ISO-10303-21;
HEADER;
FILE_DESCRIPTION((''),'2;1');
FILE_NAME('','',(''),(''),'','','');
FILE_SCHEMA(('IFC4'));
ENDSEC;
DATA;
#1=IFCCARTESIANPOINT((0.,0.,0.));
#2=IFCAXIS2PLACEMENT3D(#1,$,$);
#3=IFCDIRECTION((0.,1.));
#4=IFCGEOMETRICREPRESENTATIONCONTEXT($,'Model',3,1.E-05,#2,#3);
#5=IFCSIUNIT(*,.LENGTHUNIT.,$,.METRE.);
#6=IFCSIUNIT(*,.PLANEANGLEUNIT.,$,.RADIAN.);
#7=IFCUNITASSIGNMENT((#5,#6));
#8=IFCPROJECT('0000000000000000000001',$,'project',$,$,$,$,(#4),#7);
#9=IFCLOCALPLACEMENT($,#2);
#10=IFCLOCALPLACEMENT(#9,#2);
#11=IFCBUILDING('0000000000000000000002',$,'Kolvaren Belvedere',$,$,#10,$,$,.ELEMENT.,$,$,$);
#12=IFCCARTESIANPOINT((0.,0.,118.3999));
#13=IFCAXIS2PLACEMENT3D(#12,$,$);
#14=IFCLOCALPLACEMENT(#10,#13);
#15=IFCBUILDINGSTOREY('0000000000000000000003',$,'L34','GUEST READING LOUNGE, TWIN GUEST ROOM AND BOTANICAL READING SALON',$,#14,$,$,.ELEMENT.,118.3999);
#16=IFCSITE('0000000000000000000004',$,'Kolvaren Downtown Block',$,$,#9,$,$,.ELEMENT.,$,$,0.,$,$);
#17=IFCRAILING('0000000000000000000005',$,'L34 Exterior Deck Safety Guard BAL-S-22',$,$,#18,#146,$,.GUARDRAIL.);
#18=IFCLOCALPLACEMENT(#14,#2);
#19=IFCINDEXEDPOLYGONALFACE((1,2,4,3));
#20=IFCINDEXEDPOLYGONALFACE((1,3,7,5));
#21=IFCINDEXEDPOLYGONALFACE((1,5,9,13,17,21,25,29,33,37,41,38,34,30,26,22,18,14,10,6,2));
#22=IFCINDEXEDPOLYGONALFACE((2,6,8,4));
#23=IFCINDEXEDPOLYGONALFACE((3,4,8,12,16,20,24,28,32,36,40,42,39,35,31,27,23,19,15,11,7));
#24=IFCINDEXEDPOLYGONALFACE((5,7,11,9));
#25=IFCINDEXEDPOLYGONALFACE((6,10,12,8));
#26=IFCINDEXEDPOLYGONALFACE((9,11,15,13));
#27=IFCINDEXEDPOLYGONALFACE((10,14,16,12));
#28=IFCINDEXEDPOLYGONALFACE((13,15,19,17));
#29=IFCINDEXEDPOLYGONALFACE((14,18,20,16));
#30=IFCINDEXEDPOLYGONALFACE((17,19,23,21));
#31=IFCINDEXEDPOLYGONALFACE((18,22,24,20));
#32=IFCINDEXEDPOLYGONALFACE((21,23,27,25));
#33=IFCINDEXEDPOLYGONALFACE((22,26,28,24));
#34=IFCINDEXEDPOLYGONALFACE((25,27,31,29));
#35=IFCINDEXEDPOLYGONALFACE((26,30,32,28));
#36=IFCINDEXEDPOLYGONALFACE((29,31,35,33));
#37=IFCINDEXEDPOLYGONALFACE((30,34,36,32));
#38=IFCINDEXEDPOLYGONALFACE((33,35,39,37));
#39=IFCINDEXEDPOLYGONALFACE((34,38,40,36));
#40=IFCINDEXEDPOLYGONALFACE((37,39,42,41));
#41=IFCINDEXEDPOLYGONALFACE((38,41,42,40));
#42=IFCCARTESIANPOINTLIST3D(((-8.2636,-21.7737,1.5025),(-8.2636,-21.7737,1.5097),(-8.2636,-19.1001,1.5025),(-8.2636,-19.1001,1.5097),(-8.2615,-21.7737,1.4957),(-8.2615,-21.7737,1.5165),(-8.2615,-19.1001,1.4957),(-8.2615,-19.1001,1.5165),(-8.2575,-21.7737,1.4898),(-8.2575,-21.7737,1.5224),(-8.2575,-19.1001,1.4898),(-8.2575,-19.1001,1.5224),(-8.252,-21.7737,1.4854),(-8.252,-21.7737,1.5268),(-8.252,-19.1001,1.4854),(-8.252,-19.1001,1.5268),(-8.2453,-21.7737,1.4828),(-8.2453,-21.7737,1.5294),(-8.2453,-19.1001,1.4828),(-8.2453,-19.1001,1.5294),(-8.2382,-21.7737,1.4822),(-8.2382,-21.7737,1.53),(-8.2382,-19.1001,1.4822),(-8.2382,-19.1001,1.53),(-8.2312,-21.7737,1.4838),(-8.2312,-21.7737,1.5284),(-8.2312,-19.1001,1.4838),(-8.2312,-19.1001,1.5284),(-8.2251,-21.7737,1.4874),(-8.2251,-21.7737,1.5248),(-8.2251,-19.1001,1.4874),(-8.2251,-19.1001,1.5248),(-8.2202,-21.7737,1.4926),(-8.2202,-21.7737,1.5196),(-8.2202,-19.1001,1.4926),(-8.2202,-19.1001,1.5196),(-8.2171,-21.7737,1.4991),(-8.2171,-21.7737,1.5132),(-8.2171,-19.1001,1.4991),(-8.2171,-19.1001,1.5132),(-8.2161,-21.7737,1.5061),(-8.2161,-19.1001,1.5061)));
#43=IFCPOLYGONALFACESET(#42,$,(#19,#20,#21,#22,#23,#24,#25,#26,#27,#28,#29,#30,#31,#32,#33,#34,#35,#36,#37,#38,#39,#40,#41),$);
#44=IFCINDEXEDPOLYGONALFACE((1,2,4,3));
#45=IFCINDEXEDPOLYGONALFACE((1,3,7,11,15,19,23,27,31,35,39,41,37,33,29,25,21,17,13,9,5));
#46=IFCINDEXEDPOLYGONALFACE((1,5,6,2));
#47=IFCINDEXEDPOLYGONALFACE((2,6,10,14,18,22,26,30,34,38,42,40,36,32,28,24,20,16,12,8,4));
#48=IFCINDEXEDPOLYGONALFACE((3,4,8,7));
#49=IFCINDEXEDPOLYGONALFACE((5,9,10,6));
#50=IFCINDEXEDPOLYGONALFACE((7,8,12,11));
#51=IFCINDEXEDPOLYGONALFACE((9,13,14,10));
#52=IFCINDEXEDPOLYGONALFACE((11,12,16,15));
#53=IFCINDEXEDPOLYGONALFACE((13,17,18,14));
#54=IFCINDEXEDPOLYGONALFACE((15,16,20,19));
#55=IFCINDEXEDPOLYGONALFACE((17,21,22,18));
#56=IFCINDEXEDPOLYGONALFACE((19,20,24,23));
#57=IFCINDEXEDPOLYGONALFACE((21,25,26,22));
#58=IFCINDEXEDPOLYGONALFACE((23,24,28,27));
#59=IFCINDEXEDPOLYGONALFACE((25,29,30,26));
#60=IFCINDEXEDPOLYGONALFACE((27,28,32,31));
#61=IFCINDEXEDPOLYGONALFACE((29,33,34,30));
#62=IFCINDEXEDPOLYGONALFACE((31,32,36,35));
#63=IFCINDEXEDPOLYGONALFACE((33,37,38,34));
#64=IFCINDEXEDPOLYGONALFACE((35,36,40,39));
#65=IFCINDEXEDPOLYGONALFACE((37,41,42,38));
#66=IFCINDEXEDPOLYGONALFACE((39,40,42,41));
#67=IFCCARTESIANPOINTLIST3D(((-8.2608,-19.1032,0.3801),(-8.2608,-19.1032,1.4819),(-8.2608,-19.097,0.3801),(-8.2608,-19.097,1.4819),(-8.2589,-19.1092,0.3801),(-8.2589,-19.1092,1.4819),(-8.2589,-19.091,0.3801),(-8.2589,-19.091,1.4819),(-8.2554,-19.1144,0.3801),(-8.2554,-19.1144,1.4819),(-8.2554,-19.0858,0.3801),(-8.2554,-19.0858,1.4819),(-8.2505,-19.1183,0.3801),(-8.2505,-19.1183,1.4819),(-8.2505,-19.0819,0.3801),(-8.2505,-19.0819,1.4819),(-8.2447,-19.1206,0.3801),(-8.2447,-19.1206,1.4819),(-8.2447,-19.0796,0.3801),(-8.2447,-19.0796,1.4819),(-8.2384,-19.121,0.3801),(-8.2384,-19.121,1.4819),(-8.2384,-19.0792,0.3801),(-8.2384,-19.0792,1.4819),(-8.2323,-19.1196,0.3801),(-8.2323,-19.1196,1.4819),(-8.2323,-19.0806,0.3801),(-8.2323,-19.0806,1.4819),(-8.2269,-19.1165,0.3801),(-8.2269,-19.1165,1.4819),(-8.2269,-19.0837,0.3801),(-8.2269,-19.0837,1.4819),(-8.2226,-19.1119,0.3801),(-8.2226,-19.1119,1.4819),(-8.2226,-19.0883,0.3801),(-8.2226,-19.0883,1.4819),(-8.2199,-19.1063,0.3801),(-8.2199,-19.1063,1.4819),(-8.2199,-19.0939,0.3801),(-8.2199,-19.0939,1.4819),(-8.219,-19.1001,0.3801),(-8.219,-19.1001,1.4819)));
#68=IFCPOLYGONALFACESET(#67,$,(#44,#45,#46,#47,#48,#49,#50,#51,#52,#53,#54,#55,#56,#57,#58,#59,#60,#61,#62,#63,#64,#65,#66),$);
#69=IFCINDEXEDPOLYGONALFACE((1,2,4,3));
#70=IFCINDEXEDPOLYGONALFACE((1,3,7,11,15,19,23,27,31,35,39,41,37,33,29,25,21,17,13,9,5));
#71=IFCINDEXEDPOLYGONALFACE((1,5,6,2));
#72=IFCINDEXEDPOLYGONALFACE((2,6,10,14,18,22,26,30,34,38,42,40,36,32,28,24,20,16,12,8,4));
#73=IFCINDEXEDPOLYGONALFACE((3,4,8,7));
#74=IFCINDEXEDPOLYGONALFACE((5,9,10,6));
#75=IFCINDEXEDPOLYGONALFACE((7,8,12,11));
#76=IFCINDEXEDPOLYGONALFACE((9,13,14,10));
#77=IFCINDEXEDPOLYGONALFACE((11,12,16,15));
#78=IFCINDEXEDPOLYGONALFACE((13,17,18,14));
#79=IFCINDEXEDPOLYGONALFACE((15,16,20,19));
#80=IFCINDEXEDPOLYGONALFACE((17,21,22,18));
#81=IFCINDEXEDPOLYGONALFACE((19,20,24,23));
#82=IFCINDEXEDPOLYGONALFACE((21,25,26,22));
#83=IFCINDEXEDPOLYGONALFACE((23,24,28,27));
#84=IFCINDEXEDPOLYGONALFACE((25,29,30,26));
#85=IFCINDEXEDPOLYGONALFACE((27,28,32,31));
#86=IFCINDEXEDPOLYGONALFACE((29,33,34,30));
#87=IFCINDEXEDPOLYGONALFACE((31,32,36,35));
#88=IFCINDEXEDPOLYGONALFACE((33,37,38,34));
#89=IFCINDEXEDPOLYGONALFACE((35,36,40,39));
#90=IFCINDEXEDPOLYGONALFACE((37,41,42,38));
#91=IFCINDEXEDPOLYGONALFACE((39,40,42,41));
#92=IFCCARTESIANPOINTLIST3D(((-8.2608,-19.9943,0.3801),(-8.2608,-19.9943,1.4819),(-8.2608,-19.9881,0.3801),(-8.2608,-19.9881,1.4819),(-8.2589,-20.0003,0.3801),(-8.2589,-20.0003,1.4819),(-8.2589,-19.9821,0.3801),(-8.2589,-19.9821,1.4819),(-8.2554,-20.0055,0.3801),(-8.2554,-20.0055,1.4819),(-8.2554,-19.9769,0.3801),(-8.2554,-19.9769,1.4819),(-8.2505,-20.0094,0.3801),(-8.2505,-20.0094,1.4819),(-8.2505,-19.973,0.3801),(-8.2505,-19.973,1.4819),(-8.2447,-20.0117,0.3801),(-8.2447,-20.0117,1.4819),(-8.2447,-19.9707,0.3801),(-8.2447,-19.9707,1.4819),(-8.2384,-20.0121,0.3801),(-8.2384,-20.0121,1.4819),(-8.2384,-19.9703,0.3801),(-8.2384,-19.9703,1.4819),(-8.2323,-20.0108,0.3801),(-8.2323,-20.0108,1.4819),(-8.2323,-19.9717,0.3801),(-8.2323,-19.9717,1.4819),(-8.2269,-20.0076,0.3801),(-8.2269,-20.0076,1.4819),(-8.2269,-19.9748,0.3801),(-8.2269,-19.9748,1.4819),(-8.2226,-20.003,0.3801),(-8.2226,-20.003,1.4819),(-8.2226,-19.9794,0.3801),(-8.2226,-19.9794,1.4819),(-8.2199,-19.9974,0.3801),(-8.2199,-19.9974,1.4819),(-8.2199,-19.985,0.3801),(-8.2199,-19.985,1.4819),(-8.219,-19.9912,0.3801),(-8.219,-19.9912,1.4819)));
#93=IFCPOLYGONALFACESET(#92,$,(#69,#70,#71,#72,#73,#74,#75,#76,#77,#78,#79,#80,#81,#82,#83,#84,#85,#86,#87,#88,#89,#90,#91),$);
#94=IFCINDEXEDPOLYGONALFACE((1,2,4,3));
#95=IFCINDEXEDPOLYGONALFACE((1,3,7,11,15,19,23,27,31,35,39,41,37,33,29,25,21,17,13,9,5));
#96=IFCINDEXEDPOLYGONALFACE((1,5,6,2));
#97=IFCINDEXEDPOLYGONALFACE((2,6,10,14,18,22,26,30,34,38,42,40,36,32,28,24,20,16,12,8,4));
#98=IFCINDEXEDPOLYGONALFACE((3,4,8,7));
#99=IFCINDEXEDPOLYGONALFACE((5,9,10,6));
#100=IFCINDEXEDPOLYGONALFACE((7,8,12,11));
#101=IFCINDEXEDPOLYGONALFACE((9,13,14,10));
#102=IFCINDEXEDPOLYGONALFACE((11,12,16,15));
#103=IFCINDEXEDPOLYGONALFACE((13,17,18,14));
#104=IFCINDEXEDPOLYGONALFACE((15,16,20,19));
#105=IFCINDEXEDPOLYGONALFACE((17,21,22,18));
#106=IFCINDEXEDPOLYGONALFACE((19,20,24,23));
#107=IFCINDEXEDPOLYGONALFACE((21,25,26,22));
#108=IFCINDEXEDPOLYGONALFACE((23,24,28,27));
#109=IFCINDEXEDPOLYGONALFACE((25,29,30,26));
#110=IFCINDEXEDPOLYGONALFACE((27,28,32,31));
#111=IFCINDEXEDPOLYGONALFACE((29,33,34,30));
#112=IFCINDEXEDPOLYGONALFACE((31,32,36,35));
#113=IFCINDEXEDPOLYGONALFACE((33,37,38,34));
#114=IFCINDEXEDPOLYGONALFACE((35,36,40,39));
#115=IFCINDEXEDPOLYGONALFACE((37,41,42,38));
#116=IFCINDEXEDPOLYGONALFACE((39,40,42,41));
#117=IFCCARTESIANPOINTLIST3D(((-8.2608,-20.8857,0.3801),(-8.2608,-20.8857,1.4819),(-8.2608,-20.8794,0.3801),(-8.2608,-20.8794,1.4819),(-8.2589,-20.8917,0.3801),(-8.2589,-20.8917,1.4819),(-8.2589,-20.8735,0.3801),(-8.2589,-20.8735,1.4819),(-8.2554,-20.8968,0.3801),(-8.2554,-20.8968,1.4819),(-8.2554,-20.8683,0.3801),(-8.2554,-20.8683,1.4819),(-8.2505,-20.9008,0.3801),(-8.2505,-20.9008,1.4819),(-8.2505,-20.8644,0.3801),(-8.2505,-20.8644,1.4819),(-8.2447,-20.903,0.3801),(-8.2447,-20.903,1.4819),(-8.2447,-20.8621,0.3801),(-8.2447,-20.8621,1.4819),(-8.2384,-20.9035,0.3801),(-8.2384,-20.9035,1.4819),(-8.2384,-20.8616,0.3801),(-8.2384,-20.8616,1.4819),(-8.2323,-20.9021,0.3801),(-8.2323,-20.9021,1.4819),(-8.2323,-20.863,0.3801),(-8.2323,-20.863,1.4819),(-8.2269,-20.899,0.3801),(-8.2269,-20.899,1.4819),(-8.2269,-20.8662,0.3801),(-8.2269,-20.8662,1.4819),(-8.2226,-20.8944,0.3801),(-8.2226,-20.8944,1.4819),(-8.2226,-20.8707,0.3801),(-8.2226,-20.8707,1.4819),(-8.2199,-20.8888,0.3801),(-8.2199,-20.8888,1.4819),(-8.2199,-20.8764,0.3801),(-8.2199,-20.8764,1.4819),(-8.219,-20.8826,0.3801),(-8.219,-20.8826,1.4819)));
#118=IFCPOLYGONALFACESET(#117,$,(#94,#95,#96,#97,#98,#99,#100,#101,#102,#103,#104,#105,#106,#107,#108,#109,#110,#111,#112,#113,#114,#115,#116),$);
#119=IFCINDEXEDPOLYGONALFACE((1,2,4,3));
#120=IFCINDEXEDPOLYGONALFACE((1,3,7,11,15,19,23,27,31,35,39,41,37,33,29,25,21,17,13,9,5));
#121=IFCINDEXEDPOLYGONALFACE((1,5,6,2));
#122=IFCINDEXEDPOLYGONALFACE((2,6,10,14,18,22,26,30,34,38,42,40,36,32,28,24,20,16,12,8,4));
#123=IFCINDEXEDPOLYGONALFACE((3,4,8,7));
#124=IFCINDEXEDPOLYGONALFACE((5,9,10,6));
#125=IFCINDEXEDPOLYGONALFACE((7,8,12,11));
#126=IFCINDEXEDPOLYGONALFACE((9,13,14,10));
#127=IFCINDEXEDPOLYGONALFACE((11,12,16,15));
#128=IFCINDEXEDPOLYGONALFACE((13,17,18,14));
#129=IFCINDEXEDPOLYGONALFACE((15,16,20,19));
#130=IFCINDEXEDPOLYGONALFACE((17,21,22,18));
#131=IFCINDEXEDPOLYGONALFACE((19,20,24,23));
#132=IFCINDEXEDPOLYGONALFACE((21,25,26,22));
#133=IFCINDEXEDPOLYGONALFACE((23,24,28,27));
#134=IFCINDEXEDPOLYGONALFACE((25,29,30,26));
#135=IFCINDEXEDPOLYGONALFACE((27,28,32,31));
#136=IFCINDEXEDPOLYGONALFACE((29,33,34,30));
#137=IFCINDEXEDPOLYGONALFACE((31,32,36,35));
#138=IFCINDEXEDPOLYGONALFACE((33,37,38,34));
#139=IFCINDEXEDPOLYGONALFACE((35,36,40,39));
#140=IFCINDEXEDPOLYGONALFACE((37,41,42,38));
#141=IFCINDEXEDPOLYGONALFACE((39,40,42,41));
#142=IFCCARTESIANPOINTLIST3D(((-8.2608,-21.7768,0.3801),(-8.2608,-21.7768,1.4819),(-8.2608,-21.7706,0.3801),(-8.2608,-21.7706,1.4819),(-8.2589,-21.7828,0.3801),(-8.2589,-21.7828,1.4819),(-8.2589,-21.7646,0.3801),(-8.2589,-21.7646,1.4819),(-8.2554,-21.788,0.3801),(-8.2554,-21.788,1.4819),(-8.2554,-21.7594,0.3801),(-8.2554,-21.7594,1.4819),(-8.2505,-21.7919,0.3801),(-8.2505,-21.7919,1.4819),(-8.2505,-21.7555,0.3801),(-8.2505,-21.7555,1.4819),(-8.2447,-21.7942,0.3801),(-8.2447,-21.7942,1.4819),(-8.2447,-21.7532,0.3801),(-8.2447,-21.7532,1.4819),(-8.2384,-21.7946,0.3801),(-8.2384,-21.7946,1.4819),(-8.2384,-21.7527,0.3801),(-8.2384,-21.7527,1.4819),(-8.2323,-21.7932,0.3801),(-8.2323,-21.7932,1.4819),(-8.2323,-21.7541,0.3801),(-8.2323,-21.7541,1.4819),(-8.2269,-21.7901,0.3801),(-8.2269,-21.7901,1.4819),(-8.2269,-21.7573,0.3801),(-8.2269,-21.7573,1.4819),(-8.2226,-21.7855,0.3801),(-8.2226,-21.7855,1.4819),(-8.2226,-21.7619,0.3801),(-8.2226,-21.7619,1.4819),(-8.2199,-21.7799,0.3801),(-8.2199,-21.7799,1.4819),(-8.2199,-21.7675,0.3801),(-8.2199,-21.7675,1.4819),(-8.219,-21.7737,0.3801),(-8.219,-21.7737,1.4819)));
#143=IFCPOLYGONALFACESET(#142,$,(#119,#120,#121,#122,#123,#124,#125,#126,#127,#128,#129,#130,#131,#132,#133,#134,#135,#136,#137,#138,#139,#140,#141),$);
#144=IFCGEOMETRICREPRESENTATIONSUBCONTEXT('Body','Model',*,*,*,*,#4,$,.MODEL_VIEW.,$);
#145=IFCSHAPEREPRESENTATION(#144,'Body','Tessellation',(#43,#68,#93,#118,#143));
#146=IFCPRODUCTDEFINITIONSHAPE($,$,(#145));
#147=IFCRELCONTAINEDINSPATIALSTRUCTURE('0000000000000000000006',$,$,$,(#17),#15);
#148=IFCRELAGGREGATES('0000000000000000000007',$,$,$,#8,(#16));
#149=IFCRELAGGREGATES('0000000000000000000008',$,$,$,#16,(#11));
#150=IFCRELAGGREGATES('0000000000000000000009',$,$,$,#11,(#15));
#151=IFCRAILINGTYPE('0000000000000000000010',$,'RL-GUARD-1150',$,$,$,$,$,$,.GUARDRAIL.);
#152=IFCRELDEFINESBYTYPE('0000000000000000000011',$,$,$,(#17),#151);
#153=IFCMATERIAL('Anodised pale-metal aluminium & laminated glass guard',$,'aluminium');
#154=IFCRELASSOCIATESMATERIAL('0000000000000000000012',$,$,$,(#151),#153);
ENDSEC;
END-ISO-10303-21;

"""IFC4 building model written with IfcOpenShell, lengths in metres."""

from ifc_helpers import new_model, si_unit, direction, frame, origin, origin_2d, place, context, subcontext, project, spatial, circle, extrude, material, type_object, element, save


model = new_model("IFC4")

# Units and contexts
model_context = context("Model", 3, precision=1e-05, world=origin(), true_north=direction((0.0, 1.0)))
body_context = subcontext(model_context, "Body", "Model", "MODEL_VIEW")
ifc_project = project(units=[si_unit("LENGTHUNIT", "METRE"), si_unit("PLANEANGLEUNIT", "RADIAN")], contexts=[model_context])

# Site, building, storey
site_placement = place(None, origin())
site = spatial("IfcSite", under=ifc_project, at=site_placement, Name="Kolvaren Downtown Block", CompositionType="ELEMENT", RefElevation=0.0)
building_placement = place(site_placement, origin())
building = spatial("IfcBuilding", under=site, at=building_placement, Name="Kolvaren Belvedere", CompositionType="ELEMENT")
storey_placement = place(building_placement, frame((0.0, 0.0, 118.3999)))
storey = spatial("IfcBuildingStorey", under=building, at=storey_placement, Name="L34", Description="GUEST READING LOUNGE, TWIN GUEST ROOM AND BOTANICAL READING SALON", CompositionType="ELEMENT", Elevation=118.3999)

# Railing
ifc_material_1 = material(Name="Anodised pale-metal aluminium & laminated glass guard", Category="aluminium")
railing_type = type_object("IfcRailingType", Name="RL-GUARD-1150", PredefinedType="GUARDRAIL", material=ifc_material_1)
railing_1_placement = place(storey_placement, frame((-8.24, -19.1001, 0.3801)))
element("IfcRailing", 1, at=railing_1_placement, inside=storey, type_object=railing_type, Name="L34 Exterior Deck Safety Guard BAL-S-22", PredefinedType="GUARDRAIL", context=body_context, shape_type="SweptSolid", body=[
    extrude(circle(Radius=0.0239, at=origin_2d()), frame((0.0, 0.0, 1.126), z_axis=(0.0, -1.0, 0.0), x_axis=(1.0, 0.0, 0.0)), (0.0, 0.0, 1.0), 2.6736),
    extrude(circle(Radius=0.021, at=origin_2d()), origin(), (0.0, 0.0, 1.0), 1.1018),
    extrude(circle(Radius=0.021, at=origin_2d()), frame((0.0, -0.8911, 0.0)), (0.0, 0.0, 1.0), 1.1018),
    extrude(circle(Radius=0.021, at=origin_2d()), frame((0.0, -1.7825, 0.0)), (0.0, 0.0, 1.0), 1.1018),
    extrude(circle(Radius=0.021, at=origin_2d()), frame((0.0, -2.6736, 0.0)), (0.0, 0.0, 1.0), 1.1018),
])

save(model, "model.ifc")
